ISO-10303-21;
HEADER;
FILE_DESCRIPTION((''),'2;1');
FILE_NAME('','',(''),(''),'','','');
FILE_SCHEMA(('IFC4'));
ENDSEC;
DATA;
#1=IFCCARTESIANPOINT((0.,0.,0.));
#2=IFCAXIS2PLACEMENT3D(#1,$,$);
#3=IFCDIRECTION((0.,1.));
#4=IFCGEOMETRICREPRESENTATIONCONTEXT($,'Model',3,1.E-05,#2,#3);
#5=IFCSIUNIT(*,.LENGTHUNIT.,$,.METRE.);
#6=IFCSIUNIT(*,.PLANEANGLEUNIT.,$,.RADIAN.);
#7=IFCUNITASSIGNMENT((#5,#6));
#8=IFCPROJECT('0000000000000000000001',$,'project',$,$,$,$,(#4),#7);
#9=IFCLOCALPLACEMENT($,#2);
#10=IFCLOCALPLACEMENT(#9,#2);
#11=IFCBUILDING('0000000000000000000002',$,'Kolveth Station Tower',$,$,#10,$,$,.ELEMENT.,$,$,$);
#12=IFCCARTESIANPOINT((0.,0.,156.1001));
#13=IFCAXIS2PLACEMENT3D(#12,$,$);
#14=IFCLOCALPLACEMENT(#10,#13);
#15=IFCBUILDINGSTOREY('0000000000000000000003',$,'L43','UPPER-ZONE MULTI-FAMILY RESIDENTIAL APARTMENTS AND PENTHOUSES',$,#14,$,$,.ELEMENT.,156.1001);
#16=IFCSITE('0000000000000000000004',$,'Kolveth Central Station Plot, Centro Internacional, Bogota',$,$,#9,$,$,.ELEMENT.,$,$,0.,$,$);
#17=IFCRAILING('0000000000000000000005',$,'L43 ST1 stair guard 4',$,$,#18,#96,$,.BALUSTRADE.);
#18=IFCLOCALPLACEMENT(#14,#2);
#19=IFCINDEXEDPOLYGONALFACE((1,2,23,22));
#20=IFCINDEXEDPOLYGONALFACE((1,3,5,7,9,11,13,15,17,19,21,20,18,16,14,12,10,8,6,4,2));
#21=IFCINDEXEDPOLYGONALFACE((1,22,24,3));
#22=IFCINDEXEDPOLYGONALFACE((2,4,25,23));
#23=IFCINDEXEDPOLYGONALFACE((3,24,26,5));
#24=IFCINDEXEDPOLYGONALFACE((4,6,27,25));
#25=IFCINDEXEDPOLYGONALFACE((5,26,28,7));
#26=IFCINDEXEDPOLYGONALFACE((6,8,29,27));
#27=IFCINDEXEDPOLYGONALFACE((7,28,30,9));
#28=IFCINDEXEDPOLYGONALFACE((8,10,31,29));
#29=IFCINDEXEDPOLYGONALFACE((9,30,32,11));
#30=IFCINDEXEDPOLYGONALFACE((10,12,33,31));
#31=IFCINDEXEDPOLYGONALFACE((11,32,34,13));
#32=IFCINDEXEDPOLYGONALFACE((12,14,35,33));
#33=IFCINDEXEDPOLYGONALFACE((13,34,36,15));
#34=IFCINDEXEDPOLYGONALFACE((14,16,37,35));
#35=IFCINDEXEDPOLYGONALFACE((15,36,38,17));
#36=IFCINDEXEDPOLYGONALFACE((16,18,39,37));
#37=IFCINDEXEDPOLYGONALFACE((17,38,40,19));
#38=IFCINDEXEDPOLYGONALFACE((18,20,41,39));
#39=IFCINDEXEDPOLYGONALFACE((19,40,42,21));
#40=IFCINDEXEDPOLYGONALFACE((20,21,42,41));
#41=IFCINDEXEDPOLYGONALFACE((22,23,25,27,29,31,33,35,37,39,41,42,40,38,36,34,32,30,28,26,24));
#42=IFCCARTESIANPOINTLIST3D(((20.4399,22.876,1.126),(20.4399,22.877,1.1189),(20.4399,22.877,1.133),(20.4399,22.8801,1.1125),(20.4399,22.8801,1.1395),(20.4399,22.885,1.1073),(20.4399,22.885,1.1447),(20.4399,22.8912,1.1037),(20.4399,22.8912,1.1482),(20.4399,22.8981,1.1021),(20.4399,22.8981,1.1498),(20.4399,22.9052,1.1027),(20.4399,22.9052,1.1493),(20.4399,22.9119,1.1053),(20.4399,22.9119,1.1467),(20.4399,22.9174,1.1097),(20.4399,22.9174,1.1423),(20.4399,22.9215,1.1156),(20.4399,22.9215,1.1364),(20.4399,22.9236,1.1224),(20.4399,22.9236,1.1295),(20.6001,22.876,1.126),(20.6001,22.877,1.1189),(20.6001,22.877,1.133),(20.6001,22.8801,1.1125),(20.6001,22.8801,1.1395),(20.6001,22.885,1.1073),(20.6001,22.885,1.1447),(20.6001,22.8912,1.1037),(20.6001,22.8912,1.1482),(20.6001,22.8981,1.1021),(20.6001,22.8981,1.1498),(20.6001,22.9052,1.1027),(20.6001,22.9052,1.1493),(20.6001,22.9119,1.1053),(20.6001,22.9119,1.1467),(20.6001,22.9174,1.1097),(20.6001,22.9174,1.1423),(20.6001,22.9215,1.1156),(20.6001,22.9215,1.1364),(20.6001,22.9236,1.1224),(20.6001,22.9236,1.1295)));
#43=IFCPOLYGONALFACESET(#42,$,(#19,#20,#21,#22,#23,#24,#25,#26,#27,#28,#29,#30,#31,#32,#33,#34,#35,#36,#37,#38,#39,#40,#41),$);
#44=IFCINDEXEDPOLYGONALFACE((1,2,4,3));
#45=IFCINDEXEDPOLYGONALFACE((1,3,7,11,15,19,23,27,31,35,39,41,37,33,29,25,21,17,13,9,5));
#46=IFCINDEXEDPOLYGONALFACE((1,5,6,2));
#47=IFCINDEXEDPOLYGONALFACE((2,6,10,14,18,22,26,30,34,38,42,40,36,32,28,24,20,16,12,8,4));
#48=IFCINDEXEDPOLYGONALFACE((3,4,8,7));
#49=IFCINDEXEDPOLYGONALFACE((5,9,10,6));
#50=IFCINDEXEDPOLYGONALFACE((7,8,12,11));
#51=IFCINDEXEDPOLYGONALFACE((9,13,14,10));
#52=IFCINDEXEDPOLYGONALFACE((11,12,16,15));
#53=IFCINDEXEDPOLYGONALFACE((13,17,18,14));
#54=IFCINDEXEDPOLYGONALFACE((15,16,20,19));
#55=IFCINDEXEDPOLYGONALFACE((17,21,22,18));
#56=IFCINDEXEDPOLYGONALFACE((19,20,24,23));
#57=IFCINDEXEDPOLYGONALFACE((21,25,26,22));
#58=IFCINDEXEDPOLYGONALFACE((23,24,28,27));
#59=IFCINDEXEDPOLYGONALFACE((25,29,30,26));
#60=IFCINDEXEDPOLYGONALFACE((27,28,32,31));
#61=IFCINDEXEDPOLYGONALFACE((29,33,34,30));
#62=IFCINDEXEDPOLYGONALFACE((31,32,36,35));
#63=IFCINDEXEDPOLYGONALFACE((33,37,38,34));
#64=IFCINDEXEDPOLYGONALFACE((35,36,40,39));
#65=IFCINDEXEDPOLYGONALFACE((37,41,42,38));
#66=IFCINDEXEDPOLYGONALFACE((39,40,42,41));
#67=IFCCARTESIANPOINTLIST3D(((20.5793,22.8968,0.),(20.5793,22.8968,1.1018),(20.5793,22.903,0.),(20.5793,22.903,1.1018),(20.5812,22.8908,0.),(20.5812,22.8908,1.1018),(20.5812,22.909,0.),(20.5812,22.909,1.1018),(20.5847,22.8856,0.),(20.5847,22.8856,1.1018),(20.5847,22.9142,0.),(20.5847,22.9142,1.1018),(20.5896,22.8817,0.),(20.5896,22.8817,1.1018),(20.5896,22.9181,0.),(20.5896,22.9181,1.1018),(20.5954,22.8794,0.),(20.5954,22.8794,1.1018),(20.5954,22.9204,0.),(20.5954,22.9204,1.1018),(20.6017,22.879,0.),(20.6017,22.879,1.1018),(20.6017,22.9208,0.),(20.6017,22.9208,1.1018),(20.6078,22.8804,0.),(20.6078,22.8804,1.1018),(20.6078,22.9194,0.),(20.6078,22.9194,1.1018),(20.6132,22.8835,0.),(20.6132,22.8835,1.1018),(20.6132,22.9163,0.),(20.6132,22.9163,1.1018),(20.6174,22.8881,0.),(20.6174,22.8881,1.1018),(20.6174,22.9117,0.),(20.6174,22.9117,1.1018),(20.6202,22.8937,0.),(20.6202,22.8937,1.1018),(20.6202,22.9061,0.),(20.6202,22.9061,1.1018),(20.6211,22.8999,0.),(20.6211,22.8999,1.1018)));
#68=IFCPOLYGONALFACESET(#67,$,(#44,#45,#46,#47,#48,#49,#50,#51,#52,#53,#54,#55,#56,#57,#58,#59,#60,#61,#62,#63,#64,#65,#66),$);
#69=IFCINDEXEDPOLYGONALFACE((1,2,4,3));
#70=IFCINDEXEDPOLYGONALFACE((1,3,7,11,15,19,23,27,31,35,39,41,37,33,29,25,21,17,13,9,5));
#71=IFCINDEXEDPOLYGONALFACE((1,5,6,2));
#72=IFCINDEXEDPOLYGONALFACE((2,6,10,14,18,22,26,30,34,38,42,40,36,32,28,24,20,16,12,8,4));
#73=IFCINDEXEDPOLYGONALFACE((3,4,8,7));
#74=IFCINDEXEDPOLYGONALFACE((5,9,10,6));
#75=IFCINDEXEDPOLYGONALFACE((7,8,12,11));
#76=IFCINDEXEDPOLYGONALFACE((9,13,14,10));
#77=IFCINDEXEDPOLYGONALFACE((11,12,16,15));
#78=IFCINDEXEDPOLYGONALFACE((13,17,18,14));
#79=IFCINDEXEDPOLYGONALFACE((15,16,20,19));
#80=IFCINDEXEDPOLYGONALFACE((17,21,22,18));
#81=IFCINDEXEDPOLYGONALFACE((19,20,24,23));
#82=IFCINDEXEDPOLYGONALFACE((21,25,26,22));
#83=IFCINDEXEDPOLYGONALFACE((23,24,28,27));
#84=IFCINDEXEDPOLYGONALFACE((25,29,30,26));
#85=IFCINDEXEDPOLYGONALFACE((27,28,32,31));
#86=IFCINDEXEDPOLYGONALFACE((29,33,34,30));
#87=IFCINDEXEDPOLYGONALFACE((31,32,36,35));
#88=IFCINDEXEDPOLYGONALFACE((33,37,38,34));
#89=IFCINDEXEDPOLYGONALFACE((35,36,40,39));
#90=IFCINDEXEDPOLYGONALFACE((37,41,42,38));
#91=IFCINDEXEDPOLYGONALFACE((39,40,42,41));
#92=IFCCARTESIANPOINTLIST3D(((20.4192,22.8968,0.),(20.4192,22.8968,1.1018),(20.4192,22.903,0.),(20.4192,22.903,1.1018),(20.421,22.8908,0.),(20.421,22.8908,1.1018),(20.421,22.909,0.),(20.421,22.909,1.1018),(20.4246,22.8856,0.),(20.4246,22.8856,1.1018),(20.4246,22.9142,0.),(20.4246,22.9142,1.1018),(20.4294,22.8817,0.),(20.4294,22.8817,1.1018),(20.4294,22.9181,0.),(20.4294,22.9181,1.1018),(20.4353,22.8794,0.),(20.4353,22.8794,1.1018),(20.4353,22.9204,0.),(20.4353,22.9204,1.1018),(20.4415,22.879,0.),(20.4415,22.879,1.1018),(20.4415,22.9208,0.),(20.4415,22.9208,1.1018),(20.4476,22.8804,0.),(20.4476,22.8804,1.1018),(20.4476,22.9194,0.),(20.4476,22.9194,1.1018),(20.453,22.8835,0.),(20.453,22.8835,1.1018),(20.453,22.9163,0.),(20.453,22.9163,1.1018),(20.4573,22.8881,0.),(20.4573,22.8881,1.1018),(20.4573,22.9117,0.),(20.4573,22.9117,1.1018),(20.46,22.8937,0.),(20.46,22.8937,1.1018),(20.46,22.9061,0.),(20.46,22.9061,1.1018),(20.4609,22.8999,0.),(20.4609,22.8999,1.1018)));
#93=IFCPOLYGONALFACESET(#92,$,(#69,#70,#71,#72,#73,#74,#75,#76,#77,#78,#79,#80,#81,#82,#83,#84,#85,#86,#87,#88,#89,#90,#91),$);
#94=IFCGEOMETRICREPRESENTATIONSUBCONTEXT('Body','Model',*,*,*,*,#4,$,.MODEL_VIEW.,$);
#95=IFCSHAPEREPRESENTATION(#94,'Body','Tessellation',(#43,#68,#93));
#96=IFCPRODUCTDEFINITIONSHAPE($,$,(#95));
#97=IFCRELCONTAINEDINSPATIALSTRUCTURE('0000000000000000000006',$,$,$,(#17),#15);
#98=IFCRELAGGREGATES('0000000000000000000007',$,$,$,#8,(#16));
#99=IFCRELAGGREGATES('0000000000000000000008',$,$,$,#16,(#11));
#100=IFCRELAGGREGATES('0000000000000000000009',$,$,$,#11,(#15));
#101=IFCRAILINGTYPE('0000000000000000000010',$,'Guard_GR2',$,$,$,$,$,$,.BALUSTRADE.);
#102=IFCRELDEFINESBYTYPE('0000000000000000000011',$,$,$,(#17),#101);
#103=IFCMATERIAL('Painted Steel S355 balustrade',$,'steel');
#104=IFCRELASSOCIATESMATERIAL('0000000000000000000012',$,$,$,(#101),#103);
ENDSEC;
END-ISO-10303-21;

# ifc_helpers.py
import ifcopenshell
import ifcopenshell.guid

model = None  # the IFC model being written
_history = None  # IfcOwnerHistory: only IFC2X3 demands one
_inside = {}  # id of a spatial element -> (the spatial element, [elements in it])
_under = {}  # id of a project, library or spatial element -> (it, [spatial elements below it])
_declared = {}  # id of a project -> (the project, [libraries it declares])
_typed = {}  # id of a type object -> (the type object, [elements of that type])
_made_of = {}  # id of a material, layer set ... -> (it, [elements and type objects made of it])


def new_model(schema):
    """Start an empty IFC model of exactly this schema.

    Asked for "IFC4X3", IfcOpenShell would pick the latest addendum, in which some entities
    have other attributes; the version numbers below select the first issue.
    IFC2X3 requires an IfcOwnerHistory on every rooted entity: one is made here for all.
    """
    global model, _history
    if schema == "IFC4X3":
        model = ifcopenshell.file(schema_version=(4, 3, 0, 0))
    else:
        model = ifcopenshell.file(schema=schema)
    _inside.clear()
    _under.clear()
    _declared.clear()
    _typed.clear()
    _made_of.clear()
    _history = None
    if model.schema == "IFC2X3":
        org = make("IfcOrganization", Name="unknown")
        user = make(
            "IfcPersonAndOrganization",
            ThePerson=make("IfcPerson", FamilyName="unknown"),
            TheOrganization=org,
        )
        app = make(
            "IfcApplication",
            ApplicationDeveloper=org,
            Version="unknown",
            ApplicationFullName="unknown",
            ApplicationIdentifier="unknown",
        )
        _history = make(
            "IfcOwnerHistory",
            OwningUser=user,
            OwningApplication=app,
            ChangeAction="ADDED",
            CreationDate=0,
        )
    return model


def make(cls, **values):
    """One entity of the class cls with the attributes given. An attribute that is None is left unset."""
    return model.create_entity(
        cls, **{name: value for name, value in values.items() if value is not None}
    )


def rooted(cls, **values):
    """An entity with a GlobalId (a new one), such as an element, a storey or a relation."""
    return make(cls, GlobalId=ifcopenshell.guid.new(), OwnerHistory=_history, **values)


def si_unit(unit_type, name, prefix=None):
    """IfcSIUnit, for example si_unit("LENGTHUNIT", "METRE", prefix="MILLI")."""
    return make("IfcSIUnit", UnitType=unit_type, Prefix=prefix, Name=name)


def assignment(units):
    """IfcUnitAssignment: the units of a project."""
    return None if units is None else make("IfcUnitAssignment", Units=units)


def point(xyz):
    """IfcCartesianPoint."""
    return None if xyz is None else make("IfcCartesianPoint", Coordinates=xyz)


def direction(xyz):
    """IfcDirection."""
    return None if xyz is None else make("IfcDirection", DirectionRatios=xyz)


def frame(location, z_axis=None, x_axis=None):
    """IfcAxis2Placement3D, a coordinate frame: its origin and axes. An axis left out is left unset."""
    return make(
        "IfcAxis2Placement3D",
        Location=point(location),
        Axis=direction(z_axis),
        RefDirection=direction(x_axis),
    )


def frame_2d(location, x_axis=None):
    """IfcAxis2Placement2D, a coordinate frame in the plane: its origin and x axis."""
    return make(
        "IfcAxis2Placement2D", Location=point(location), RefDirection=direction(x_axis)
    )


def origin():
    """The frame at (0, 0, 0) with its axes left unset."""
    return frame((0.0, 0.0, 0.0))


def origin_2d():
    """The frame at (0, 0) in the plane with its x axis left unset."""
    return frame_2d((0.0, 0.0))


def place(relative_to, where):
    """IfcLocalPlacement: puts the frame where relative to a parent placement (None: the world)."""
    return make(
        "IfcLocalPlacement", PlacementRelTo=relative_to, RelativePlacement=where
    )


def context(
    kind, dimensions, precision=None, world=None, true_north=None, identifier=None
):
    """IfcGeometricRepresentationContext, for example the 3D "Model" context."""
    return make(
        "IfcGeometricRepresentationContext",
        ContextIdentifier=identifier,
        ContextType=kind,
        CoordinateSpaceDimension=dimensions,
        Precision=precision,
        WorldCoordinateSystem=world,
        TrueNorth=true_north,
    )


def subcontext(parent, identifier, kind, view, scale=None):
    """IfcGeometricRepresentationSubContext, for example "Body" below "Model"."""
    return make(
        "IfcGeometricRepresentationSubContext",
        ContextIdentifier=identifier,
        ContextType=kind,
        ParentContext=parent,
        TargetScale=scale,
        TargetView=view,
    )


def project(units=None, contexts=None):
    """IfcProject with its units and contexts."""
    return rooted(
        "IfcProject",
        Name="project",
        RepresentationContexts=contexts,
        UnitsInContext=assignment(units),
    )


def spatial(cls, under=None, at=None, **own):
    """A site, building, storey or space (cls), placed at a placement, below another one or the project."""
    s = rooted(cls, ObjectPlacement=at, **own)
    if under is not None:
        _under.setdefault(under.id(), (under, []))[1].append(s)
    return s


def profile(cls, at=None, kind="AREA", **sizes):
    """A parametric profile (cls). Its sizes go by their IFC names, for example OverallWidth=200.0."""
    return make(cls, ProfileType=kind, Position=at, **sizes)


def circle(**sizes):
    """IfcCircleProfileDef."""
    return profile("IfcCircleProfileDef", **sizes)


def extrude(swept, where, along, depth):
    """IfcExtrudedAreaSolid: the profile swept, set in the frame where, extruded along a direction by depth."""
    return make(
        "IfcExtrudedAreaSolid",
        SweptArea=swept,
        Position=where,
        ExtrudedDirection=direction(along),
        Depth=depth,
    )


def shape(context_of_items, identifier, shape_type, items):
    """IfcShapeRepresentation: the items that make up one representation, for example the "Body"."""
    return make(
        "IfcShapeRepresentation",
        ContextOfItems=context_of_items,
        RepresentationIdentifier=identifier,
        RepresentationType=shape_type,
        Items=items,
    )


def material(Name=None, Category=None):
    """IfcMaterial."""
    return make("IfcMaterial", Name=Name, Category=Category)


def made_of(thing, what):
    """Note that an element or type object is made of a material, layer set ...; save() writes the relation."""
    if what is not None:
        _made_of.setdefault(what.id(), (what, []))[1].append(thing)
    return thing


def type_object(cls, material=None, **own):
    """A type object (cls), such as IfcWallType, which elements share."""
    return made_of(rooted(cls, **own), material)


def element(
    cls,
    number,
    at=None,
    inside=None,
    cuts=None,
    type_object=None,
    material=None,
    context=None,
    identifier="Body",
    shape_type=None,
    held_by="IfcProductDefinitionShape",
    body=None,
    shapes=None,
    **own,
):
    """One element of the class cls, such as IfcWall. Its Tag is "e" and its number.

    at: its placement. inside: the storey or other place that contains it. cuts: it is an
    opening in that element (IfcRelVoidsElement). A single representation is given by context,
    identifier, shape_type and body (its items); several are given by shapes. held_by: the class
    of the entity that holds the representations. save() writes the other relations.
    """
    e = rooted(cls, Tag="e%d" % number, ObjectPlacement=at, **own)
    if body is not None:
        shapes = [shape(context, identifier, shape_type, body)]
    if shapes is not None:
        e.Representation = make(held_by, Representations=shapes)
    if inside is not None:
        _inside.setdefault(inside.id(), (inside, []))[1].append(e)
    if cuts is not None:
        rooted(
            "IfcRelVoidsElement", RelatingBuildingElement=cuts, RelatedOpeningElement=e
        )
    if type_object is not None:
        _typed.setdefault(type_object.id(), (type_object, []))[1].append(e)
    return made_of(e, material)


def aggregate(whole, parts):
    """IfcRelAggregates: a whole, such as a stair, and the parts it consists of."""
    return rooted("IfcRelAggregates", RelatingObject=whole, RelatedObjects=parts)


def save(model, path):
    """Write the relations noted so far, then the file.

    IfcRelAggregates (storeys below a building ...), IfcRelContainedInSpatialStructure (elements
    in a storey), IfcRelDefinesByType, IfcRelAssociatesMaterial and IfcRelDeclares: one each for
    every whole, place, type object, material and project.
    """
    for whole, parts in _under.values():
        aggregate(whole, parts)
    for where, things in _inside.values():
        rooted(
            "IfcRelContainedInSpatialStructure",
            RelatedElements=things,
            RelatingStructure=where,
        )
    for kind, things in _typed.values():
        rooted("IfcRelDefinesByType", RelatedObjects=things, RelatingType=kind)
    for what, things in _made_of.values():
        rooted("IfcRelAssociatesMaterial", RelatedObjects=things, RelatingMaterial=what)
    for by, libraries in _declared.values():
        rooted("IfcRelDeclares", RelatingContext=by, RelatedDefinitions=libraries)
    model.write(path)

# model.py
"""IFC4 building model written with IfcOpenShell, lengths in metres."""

from ifc_helpers import new_model, si_unit, direction, frame, origin, origin_2d, place, context, subcontext, project, spatial, circle, extrude, material, type_object, element, save


model = new_model("IFC4")

# Units and contexts
model_context = context("Model", 3, precision=1e-05, world=origin(), true_north=direction((0.0, 1.0)))
body_context = subcontext(model_context, "Body", "Model", "MODEL_VIEW")
ifc_project = project(units=[si_unit("LENGTHUNIT", "METRE"), si_unit("PLANEANGLEUNIT", "RADIAN")], contexts=[model_context])

# Site, building, storey
site_placement = place(None, origin())
site = spatial("IfcSite", under=ifc_project, at=site_placement, Name="Kolveth Central Station Plot, Centro Internacional, Bogota", CompositionType="ELEMENT", RefElevation=0.0)
building_placement = place(site_placement, origin())
building = spatial("IfcBuilding", under=site, at=building_placement, Name="Kolveth Station Tower", CompositionType="ELEMENT")
storey_placement = place(building_placement, frame((0.0, 0.0, 156.1001)))
storey = spatial("IfcBuildingStorey", under=building, at=storey_placement, Name="L43", Description="UPPER-ZONE MULTI-FAMILY RESIDENTIAL APARTMENTS AND PENTHOUSES", CompositionType="ELEMENT", Elevation=156.1001)

# Railing
ifc_material_1 = material(Name="Painted Steel S355 balustrade", Category="steel")
railing_type_1 = type_object("IfcRailingType", Name="Guard_GR2", PredefinedType="BALUSTRADE", material=ifc_material_1)
railing_1_placement = place(storey_placement, frame((20.6001, 22.8999, 0.0)))
element("IfcRailing", 1, at=railing_1_placement, inside=storey, type_object=railing_type_1, Name="L43 ST1 stair guard 4", PredefinedType="BALUSTRADE", context=body_context, shape_type="SweptSolid", body=[
    extrude(circle(Radius=0.0239, at=origin_2d()), frame((0.0, 0.0, 1.126), z_axis=(-1.0, 0.0, 0.0), x_axis=(0.0, -1.0, 0.0)), (0.0, 0.0, 1.0), 0.1602),
    extrude(circle(Radius=0.021, at=origin_2d()), origin(), (0.0, 0.0, 1.0), 1.1018),
    extrude(circle(Radius=0.021, at=origin_2d()), frame((-0.1602, 0.0, 0.0)), (0.0, 0.0, 1.0), 1.1018),
])

save(model, "model.ifc")
